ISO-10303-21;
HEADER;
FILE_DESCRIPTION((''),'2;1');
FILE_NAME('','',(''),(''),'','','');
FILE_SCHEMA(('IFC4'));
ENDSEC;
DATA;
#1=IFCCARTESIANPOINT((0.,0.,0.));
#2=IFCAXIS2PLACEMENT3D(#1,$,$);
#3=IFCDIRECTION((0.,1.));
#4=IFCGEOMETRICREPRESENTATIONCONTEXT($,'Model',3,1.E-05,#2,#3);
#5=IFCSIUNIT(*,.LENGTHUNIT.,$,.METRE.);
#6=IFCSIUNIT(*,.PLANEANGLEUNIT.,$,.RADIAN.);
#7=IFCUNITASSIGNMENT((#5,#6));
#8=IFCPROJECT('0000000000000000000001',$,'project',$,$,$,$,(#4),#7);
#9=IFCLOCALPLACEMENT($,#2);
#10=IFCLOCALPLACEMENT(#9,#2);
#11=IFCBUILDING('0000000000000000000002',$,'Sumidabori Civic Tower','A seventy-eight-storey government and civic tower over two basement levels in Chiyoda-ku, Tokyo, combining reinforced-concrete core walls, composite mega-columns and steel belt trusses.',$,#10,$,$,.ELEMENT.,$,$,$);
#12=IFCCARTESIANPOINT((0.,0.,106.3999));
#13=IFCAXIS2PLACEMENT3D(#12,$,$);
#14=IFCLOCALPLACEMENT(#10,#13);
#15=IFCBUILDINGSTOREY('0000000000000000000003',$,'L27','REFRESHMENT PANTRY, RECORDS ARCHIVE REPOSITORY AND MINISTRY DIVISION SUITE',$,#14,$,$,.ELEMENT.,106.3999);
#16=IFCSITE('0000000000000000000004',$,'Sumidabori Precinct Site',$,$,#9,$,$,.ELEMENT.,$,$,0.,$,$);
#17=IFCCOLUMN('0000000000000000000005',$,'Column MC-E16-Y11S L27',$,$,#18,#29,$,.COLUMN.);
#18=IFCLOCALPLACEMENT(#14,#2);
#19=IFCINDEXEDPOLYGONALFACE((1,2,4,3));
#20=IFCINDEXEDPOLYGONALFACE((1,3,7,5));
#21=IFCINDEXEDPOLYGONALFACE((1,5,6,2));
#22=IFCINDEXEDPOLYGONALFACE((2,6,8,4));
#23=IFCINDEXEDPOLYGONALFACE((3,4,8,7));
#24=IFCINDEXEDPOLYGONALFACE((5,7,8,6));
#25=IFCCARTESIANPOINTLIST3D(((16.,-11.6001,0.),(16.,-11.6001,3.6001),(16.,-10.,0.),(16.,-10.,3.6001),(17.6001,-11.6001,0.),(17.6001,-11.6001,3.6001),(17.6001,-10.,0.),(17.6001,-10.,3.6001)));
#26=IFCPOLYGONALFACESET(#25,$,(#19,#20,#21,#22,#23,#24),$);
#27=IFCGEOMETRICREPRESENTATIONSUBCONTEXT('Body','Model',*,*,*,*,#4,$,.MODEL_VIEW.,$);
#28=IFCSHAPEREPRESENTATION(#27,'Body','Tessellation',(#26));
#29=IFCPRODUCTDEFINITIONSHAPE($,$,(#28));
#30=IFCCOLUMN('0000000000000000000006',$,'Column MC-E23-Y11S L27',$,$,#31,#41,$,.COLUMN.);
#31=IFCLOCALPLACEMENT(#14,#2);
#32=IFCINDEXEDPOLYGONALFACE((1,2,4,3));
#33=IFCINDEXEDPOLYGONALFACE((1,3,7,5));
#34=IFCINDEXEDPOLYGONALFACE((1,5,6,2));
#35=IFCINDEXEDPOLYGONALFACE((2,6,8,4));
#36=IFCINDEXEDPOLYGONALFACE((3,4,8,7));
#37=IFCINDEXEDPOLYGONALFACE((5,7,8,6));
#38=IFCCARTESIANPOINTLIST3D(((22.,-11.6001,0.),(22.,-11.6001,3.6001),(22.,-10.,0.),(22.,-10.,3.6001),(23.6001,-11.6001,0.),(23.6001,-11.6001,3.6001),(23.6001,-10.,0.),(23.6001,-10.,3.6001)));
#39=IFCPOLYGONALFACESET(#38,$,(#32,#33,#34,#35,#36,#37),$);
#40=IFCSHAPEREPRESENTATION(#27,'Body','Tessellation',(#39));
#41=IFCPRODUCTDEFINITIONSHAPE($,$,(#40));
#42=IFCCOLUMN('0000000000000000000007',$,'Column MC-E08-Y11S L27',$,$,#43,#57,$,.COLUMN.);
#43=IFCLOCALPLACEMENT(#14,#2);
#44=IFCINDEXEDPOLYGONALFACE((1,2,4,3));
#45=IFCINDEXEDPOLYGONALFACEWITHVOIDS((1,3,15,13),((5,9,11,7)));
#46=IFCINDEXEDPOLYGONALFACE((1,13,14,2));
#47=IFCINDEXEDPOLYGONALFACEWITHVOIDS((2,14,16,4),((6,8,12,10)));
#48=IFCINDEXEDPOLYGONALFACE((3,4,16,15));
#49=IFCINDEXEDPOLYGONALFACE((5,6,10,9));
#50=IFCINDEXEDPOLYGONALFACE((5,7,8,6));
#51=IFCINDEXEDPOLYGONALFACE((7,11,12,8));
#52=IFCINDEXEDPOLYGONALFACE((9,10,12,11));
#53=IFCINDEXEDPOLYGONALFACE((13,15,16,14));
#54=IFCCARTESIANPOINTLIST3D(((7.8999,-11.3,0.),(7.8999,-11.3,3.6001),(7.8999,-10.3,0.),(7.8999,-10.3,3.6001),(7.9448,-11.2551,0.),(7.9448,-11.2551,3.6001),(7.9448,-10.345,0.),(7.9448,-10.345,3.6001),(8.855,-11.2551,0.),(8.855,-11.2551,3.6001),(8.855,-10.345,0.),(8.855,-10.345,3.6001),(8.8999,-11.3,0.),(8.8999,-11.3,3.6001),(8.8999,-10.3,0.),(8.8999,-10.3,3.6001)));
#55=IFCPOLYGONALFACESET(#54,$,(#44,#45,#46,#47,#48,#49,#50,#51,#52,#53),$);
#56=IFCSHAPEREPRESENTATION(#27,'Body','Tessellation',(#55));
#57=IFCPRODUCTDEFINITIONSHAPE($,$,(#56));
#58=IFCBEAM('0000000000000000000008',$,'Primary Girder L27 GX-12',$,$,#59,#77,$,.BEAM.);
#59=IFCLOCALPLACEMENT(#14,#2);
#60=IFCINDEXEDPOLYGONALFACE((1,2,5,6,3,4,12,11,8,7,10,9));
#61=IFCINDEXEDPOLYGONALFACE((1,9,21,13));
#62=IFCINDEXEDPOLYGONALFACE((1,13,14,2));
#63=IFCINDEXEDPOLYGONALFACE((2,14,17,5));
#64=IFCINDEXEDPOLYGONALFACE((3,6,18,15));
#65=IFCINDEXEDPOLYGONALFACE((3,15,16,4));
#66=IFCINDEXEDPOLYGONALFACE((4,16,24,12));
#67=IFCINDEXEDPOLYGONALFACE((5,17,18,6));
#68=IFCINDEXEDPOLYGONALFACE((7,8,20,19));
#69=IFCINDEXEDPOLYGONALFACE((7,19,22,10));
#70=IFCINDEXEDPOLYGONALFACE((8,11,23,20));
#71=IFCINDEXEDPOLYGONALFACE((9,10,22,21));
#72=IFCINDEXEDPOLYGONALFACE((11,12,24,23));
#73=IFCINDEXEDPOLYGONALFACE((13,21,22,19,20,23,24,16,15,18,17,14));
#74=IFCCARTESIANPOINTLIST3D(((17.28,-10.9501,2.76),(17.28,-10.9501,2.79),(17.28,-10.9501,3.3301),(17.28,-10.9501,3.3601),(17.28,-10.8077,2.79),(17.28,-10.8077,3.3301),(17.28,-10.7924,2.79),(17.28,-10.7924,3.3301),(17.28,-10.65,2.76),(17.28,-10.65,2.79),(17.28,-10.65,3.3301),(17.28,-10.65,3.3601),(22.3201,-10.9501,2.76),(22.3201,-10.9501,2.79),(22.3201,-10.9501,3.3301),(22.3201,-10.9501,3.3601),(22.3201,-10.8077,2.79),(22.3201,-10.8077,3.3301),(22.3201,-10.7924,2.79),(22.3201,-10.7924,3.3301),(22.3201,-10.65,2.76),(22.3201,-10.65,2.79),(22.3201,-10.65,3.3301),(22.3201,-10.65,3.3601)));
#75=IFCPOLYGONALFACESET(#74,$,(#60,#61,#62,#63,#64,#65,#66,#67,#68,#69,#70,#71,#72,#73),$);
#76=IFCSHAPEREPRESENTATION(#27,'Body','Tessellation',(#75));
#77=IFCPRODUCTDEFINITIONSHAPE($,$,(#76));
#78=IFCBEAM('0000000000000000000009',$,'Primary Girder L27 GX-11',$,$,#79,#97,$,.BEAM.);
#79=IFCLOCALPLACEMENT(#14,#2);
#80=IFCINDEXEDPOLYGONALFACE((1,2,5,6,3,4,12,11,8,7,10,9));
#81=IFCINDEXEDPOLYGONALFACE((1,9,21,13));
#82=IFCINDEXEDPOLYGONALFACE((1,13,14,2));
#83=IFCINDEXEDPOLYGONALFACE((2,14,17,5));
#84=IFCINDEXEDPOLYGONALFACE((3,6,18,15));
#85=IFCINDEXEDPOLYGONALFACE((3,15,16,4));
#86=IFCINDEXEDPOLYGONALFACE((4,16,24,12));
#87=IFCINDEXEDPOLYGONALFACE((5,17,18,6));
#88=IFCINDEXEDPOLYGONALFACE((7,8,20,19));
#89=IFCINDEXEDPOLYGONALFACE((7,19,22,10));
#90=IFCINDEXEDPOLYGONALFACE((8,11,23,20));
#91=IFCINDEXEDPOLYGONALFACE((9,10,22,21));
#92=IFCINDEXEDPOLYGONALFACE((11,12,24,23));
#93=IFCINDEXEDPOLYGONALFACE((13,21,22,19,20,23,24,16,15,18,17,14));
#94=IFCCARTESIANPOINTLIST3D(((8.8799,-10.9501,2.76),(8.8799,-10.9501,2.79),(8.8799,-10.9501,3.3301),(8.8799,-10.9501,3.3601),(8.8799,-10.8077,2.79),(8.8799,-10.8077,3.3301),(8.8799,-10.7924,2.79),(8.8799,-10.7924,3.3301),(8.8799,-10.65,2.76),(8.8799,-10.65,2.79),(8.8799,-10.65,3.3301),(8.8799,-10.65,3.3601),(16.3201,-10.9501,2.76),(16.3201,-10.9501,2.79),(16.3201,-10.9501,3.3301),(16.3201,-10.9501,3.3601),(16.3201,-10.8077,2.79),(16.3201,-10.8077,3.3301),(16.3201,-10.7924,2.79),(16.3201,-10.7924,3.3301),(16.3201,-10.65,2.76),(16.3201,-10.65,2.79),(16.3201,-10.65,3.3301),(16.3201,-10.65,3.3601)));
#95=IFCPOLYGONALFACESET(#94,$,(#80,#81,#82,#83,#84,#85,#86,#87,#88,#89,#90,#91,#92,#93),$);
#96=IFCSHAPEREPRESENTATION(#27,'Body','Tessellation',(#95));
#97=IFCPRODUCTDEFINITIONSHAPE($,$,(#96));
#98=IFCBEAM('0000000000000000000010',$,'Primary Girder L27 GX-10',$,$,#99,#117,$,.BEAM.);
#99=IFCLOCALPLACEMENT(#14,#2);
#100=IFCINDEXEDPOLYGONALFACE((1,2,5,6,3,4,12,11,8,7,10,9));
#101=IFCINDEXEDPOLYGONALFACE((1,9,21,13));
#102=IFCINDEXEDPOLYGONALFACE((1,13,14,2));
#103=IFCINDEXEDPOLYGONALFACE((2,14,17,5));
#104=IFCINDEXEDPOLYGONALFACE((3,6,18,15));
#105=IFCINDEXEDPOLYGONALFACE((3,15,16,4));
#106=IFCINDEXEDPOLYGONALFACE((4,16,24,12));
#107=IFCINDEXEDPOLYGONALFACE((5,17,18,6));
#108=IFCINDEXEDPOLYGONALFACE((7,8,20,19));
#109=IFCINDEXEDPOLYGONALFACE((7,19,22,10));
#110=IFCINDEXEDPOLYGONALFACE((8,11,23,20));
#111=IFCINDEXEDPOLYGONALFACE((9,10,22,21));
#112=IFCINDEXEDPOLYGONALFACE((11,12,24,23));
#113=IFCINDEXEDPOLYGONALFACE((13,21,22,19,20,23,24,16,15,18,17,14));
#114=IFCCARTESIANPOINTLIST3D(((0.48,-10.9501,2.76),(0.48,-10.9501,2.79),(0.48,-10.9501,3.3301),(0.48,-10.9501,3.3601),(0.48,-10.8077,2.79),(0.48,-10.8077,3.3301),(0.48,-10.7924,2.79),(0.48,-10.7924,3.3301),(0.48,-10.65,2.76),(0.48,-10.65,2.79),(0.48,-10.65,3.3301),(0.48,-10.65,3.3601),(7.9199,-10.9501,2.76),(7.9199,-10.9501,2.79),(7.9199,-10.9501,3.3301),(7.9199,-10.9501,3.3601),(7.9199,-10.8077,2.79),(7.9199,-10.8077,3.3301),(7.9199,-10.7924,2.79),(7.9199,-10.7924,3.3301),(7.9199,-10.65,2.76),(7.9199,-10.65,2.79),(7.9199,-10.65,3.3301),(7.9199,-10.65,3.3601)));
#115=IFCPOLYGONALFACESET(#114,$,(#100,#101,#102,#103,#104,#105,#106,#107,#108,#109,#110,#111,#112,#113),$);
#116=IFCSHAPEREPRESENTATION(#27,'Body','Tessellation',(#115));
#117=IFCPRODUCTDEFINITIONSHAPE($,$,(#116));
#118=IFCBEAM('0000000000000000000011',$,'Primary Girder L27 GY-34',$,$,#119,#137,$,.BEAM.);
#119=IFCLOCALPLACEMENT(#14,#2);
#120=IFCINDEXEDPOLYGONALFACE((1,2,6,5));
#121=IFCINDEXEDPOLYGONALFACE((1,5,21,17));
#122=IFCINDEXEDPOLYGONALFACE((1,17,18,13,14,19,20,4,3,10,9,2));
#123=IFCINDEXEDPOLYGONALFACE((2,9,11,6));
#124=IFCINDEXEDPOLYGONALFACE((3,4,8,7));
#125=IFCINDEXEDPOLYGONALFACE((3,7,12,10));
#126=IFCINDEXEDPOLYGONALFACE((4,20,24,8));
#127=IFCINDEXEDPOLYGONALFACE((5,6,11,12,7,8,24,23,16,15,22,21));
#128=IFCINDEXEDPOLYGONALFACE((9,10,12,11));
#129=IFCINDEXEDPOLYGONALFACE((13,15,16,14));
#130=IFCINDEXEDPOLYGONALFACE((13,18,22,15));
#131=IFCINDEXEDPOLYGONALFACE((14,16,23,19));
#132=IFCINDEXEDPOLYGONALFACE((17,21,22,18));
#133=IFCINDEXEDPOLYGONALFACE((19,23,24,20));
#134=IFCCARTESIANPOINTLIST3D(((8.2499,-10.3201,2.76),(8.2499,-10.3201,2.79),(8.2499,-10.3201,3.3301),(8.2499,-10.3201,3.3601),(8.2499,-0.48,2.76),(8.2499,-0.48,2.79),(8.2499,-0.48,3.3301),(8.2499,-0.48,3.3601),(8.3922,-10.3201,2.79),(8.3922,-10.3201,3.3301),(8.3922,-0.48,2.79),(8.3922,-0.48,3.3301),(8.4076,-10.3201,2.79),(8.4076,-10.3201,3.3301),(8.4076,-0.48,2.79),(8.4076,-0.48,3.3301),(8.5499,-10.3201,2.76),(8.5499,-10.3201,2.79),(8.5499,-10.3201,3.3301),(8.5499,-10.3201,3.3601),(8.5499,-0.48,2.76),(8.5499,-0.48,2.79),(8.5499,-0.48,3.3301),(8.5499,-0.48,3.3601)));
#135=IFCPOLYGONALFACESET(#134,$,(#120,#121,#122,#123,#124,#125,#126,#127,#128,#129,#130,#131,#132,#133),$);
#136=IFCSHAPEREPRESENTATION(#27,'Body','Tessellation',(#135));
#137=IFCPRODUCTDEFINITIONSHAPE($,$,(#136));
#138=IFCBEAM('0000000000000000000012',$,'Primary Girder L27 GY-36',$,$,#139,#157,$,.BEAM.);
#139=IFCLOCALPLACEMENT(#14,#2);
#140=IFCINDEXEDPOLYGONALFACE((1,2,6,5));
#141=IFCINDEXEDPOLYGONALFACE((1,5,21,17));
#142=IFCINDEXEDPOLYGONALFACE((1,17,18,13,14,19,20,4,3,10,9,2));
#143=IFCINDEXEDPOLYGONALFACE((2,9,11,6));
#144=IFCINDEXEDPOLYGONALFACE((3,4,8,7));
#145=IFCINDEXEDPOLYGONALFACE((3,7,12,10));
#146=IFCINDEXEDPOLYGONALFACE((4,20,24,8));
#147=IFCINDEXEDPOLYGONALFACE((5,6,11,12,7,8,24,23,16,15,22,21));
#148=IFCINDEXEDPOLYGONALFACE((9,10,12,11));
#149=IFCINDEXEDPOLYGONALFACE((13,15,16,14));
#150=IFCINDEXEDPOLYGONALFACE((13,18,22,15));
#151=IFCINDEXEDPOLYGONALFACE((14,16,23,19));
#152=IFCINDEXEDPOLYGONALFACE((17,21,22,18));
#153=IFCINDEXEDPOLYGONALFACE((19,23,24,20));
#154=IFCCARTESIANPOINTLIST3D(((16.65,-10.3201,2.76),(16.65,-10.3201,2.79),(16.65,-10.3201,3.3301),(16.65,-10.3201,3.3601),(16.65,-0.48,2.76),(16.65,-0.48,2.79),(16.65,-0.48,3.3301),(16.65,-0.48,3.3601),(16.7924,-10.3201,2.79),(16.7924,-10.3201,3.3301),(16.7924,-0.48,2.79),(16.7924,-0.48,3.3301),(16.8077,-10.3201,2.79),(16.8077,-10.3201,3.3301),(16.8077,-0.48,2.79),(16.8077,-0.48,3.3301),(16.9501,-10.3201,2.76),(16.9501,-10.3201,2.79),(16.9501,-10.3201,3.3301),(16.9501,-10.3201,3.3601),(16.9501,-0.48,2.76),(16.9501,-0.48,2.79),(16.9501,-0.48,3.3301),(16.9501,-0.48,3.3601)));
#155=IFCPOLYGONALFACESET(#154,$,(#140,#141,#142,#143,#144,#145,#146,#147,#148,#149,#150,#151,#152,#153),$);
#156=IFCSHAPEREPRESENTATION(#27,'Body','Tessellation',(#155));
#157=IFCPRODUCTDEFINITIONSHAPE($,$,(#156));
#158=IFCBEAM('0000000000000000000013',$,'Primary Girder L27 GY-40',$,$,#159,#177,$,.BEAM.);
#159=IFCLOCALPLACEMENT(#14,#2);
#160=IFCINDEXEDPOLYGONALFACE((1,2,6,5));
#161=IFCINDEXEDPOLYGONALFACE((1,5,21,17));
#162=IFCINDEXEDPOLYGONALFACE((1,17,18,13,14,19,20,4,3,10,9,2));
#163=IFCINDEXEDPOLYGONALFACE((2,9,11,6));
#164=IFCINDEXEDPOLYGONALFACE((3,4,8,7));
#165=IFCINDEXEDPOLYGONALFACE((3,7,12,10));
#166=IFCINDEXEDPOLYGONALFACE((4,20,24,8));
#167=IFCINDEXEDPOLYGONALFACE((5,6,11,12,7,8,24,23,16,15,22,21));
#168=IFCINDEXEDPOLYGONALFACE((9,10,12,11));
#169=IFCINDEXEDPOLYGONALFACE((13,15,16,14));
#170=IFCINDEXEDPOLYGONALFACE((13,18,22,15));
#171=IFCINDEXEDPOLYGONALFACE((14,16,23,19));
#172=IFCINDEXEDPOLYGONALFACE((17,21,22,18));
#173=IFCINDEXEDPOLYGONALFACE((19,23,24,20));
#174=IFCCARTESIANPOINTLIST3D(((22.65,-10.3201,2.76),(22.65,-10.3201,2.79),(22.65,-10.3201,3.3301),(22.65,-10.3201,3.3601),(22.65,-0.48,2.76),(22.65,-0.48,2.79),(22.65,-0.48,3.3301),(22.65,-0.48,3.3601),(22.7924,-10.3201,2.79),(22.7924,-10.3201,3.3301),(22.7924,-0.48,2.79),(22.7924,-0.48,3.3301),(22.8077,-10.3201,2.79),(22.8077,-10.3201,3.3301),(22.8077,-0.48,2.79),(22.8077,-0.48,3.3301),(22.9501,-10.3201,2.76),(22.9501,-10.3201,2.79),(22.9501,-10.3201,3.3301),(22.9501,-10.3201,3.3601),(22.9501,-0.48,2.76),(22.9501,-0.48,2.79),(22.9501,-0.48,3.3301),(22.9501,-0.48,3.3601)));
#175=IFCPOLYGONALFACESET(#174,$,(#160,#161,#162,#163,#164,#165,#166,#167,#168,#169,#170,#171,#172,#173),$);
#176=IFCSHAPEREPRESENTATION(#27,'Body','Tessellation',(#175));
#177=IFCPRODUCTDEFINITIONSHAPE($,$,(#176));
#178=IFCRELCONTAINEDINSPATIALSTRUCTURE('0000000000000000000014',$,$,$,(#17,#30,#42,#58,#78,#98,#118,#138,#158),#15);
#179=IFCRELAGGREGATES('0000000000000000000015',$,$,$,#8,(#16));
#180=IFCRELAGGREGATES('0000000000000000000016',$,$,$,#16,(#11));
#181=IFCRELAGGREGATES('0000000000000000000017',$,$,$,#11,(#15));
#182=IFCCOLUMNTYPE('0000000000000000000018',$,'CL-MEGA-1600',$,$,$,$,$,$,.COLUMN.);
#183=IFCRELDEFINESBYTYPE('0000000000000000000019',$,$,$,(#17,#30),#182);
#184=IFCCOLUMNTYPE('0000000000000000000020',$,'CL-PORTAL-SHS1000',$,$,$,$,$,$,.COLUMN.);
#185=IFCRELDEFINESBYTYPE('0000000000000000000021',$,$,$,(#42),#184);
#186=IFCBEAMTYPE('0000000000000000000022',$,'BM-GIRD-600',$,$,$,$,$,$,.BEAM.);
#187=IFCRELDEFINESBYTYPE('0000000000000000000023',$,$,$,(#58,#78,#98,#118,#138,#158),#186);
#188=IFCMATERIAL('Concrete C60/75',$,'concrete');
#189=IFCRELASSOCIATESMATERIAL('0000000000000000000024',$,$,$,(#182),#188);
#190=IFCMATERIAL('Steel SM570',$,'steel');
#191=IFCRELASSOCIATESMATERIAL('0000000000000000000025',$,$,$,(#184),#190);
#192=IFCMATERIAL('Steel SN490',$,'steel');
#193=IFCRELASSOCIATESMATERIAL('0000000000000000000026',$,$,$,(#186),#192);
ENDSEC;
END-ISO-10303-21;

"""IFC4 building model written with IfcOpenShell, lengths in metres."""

from ifc_helpers import new_model, si_unit, direction, frame, origin, origin_2d, place, context, subcontext, project, spatial, rectangle, hollow_rectangle, i_section, extrude, source, transform, mapped, material, material_profile, profile_set, type_object, element, save


model = new_model("IFC4")

# Units and contexts
model_context = context("Model", 3, precision=1e-05, world=origin(), true_north=direction((0.0, 1.0)))
body_context = subcontext(model_context, "Body", "Model", "MODEL_VIEW")
ifc_project = project(units=[si_unit("LENGTHUNIT", "METRE"), si_unit("PLANEANGLEUNIT", "RADIAN")], contexts=[model_context])

# Site, building, storey
site_placement = place(None, origin())
site = spatial("IfcSite", under=ifc_project, at=site_placement, Name="Sumidabori Precinct Site", CompositionType="ELEMENT", RefElevation=0.0)
building_placement = place(site_placement, origin())
building = spatial("IfcBuilding", under=site, at=building_placement, Name="Sumidabori Civic Tower", Description="A seventy-eight-storey government and civic tower over two basement levels in Chiyoda-ku, Tokyo, combining reinforced-concrete core walls, composite mega-columns and steel belt trusses.", CompositionType="ELEMENT")
storey_placement = place(building_placement, frame((0.0, 0.0, 106.3999)))
storey = spatial("IfcBuildingStorey", under=building, at=storey_placement, Name="L27", Description="REFRESHMENT PANTRY, RECORDS ARCHIVE REPOSITORY AND MINISTRY DIVISION SUITE", CompositionType="ELEMENT", Elevation=106.3999)

# Columns
ifc_material_1 = material(Name="Concrete C60/75", Category="concrete")
ifc_material_profile_1 = material_profile(ifc_material_1, rectangle(XDim=1.6001, YDim=1.6001, at=origin_2d()), Name="RC 1600x1600")
ifc_profile_set_1 = profile_set([ifc_material_profile_1], Name="Concrete C60/75")
column_type_1 = type_object("IfcColumnType", Name="CL-MEGA-1600", PredefinedType="COLUMN", material=ifc_profile_set_1)
shared_shape_1 = source(origin(), body_context, "Body", "SweptSolid", [
    extrude(rectangle(XDim=1.6001, YDim=1.6001, at=origin_2d()), origin(), (0.0, 0.0, 1.0), 3.6001),
])
for number, where, z_axis, x_axis, name in (
    (1, (16.8, -10.8, 0.0), (0.0, 0.0, 1.0), (1.0, 0.0, 0.0), "Column MC-E16-Y11S L27"),
    (2, (22.8, -10.8, 0.0), (0.0, 0.0, 1.0), (1.0, 0.0, 0.0), "Column MC-E23-Y11S L27"),
):
    element("IfcColumn", number, at=place(storey_placement, frame(where, z_axis=z_axis, x_axis=x_axis)), inside=storey, type_object=column_type_1, Name=name, PredefinedType="COLUMN", context=body_context, shape_type="MappedRepresentation", body=[
        mapped(shared_shape_1, transform((0.0, 0.0, 0.0), x_axis=(1.0, 0.0, 0.0), y_axis=(0.0, 1.0, 0.0), z_axis=(0.0, 0.0, 1.0), scale=1.0)),
    ])
ifc_material_2 = material(Name="Steel SM570", Category="steel")
ifc_material_profile_2 = material_profile(ifc_material_2, hollow_rectangle(XDim=1.0, YDim=1.0, WallThickness=0.0449, at=origin_2d()), Name="SHS 1000x1000x45")
ifc_profile_set_2 = profile_set([ifc_material_profile_2], Name="Steel SM570")
column_type_2 = type_object("IfcColumnType", Name="CL-PORTAL-SHS1000", PredefinedType="COLUMN", material=ifc_profile_set_2)
shared_shape_2 = source(origin(), body_context, "Body", "SweptSolid", [
    extrude(hollow_rectangle(XDim=1.0, YDim=1.0, WallThickness=0.0449, at=origin_2d()), origin(), (0.0, 0.0, 1.0), 3.6001),
])
column_placement = place(storey_placement, frame((8.3999, -10.8, 0.0), z_axis=(0.0, 0.0, 1.0), x_axis=(1.0, 0.0, 0.0)))
element("IfcColumn", 3, at=column_placement, inside=storey, type_object=column_type_2, Name="Column MC-E08-Y11S L27", PredefinedType="COLUMN", context=body_context, shape_type="MappedRepresentation", body=[
    mapped(shared_shape_2, transform((0.0, 0.0, 0.0), x_axis=(1.0, 0.0, 0.0), y_axis=(0.0, 1.0, 0.0), z_axis=(0.0, 0.0, 1.0), scale=1.0)),
])

# Beams
ifc_material_3 = material(Name="Steel SN490", Category="steel")
ifc_material_profile_3 = material_profile(ifc_material_3, i_section(OverallWidth=0.3, OverallDepth=0.6001, WebThickness=0.0154, FlangeThickness=0.03, at=origin_2d()), Name="HE 600 B")
ifc_profile_set_3 = profile_set([ifc_material_profile_3], Name="Steel SN490")
beam_type_1 = type_object("IfcBeamType", Name="BM-GIRD-600", PredefinedType="BEAM", material=ifc_profile_set_3)
shared_shape_3 = source(origin(), body_context, "Body", "SweptSolid", [
    extrude(i_section(OverallWidth=0.3, OverallDepth=0.6001, WebThickness=0.0154, FlangeThickness=0.03, at=origin_2d()), origin(), (0.0, 0.0, 1.0), 5.04),
])
beam_1_placement = place(storey_placement, frame((17.28, -10.8, 3.0601), z_axis=(1.0, 0.0, 0.0), x_axis=(0.0, 1.0, 0.0)))
element("IfcBeam", 4, at=beam_1_placement, inside=storey, type_object=beam_type_1, Name="Primary Girder L27 GX-12", PredefinedType="BEAM", context=body_context, shape_type="MappedRepresentation", body=[
    mapped(shared_shape_3, transform((0.0, 0.0, 0.0), x_axis=(1.0, 0.0, 0.0), y_axis=(0.0, 1.0, 0.0), z_axis=(0.0, 0.0, 1.0), scale=1.0)),
])
shared_shape_4 = source(origin(), body_context, "Body", "SweptSolid", [
    extrude(i_section(OverallWidth=0.3, OverallDepth=0.6001, WebThickness=0.0154, FlangeThickness=0.03, at=origin_2d()), origin(), (0.0, 0.0, 1.0), 7.4402),
])
beam_2_placement = place(storey_placement, frame((8.8799, -10.8, 3.0601), z_axis=(1.0, 0.0, 0.0), x_axis=(0.0, 1.0, 0.0)))
element("IfcBeam", 5, at=beam_2_placement, inside=storey, type_object=beam_type_1, Name="Primary Girder L27 GX-11", PredefinedType="BEAM", context=body_context, shape_type="MappedRepresentation", body=[
    mapped(shared_shape_4, transform((0.0, 0.0, 0.0), x_axis=(1.0, 0.0, 0.0), y_axis=(0.0, 1.0, 0.0), z_axis=(0.0, 0.0, 1.0), scale=1.0)),
])
shared_shape_5 = source(origin(), body_context, "Body", "SweptSolid", [
    extrude(i_section(OverallWidth=0.3, OverallDepth=0.6001, WebThickness=0.0154, FlangeThickness=0.03, at=origin_2d()), origin(), (0.0, 0.0, 1.0), 7.4399),
])
beam_3_placement = place(storey_placement, frame((0.48, -10.8, 3.0601), z_axis=(1.0, 0.0, 0.0), x_axis=(0.0, 1.0, 0.0)))
element("IfcBeam", 6, at=beam_3_placement, inside=storey, type_object=beam_type_1, Name="Primary Girder L27 GX-10", PredefinedType="BEAM", context=body_context, shape_type="MappedRepresentation", body=[
    mapped(shared_shape_5, transform((0.0, 0.0, 0.0), x_axis=(1.0, 0.0, 0.0), y_axis=(0.0, 1.0, 0.0), z_axis=(0.0, 0.0, 1.0), scale=1.0)),
])
shared_shape_6 = source(origin(), body_context, "Body", "SweptSolid", [
    extrude(i_section(OverallWidth=0.3, OverallDepth=0.6001, WebThickness=0.0154, FlangeThickness=0.03, at=origin_2d()), origin(), (0.0, 0.0, 1.0), 9.8401),
])
for number, where, z_axis, x_axis, name in (
    (7, (8.3999, -10.3201, 3.0601), (0.0, 1.0, 0.0), (-1.0, 0.0, 0.0), "Primary Girder L27 GY-34"),
    (8, (16.8, -10.3201, 3.0601), (0.0, 1.0, 0.0), (-1.0, 0.0, 0.0), "Primary Girder L27 GY-36"),
    (9, (22.8, -10.3201, 3.0601), (0.0, 1.0, 0.0), (-1.0, 0.0, 0.0), "Primary Girder L27 GY-40"),
):
    element("IfcBeam", number, at=place(storey_placement, frame(where, z_axis=z_axis, x_axis=x_axis)), inside=storey, type_object=beam_type_1, Name=name, PredefinedType="BEAM", context=body_context, shape_type="MappedRepresentation", body=[
        mapped(shared_shape_6, transform((0.0, 0.0, 0.0), x_axis=(1.0, 0.0, 0.0), y_axis=(0.0, 1.0, 0.0), z_axis=(0.0, 0.0, 1.0), scale=1.0)),
    ])

save(model, "model.ifc")
